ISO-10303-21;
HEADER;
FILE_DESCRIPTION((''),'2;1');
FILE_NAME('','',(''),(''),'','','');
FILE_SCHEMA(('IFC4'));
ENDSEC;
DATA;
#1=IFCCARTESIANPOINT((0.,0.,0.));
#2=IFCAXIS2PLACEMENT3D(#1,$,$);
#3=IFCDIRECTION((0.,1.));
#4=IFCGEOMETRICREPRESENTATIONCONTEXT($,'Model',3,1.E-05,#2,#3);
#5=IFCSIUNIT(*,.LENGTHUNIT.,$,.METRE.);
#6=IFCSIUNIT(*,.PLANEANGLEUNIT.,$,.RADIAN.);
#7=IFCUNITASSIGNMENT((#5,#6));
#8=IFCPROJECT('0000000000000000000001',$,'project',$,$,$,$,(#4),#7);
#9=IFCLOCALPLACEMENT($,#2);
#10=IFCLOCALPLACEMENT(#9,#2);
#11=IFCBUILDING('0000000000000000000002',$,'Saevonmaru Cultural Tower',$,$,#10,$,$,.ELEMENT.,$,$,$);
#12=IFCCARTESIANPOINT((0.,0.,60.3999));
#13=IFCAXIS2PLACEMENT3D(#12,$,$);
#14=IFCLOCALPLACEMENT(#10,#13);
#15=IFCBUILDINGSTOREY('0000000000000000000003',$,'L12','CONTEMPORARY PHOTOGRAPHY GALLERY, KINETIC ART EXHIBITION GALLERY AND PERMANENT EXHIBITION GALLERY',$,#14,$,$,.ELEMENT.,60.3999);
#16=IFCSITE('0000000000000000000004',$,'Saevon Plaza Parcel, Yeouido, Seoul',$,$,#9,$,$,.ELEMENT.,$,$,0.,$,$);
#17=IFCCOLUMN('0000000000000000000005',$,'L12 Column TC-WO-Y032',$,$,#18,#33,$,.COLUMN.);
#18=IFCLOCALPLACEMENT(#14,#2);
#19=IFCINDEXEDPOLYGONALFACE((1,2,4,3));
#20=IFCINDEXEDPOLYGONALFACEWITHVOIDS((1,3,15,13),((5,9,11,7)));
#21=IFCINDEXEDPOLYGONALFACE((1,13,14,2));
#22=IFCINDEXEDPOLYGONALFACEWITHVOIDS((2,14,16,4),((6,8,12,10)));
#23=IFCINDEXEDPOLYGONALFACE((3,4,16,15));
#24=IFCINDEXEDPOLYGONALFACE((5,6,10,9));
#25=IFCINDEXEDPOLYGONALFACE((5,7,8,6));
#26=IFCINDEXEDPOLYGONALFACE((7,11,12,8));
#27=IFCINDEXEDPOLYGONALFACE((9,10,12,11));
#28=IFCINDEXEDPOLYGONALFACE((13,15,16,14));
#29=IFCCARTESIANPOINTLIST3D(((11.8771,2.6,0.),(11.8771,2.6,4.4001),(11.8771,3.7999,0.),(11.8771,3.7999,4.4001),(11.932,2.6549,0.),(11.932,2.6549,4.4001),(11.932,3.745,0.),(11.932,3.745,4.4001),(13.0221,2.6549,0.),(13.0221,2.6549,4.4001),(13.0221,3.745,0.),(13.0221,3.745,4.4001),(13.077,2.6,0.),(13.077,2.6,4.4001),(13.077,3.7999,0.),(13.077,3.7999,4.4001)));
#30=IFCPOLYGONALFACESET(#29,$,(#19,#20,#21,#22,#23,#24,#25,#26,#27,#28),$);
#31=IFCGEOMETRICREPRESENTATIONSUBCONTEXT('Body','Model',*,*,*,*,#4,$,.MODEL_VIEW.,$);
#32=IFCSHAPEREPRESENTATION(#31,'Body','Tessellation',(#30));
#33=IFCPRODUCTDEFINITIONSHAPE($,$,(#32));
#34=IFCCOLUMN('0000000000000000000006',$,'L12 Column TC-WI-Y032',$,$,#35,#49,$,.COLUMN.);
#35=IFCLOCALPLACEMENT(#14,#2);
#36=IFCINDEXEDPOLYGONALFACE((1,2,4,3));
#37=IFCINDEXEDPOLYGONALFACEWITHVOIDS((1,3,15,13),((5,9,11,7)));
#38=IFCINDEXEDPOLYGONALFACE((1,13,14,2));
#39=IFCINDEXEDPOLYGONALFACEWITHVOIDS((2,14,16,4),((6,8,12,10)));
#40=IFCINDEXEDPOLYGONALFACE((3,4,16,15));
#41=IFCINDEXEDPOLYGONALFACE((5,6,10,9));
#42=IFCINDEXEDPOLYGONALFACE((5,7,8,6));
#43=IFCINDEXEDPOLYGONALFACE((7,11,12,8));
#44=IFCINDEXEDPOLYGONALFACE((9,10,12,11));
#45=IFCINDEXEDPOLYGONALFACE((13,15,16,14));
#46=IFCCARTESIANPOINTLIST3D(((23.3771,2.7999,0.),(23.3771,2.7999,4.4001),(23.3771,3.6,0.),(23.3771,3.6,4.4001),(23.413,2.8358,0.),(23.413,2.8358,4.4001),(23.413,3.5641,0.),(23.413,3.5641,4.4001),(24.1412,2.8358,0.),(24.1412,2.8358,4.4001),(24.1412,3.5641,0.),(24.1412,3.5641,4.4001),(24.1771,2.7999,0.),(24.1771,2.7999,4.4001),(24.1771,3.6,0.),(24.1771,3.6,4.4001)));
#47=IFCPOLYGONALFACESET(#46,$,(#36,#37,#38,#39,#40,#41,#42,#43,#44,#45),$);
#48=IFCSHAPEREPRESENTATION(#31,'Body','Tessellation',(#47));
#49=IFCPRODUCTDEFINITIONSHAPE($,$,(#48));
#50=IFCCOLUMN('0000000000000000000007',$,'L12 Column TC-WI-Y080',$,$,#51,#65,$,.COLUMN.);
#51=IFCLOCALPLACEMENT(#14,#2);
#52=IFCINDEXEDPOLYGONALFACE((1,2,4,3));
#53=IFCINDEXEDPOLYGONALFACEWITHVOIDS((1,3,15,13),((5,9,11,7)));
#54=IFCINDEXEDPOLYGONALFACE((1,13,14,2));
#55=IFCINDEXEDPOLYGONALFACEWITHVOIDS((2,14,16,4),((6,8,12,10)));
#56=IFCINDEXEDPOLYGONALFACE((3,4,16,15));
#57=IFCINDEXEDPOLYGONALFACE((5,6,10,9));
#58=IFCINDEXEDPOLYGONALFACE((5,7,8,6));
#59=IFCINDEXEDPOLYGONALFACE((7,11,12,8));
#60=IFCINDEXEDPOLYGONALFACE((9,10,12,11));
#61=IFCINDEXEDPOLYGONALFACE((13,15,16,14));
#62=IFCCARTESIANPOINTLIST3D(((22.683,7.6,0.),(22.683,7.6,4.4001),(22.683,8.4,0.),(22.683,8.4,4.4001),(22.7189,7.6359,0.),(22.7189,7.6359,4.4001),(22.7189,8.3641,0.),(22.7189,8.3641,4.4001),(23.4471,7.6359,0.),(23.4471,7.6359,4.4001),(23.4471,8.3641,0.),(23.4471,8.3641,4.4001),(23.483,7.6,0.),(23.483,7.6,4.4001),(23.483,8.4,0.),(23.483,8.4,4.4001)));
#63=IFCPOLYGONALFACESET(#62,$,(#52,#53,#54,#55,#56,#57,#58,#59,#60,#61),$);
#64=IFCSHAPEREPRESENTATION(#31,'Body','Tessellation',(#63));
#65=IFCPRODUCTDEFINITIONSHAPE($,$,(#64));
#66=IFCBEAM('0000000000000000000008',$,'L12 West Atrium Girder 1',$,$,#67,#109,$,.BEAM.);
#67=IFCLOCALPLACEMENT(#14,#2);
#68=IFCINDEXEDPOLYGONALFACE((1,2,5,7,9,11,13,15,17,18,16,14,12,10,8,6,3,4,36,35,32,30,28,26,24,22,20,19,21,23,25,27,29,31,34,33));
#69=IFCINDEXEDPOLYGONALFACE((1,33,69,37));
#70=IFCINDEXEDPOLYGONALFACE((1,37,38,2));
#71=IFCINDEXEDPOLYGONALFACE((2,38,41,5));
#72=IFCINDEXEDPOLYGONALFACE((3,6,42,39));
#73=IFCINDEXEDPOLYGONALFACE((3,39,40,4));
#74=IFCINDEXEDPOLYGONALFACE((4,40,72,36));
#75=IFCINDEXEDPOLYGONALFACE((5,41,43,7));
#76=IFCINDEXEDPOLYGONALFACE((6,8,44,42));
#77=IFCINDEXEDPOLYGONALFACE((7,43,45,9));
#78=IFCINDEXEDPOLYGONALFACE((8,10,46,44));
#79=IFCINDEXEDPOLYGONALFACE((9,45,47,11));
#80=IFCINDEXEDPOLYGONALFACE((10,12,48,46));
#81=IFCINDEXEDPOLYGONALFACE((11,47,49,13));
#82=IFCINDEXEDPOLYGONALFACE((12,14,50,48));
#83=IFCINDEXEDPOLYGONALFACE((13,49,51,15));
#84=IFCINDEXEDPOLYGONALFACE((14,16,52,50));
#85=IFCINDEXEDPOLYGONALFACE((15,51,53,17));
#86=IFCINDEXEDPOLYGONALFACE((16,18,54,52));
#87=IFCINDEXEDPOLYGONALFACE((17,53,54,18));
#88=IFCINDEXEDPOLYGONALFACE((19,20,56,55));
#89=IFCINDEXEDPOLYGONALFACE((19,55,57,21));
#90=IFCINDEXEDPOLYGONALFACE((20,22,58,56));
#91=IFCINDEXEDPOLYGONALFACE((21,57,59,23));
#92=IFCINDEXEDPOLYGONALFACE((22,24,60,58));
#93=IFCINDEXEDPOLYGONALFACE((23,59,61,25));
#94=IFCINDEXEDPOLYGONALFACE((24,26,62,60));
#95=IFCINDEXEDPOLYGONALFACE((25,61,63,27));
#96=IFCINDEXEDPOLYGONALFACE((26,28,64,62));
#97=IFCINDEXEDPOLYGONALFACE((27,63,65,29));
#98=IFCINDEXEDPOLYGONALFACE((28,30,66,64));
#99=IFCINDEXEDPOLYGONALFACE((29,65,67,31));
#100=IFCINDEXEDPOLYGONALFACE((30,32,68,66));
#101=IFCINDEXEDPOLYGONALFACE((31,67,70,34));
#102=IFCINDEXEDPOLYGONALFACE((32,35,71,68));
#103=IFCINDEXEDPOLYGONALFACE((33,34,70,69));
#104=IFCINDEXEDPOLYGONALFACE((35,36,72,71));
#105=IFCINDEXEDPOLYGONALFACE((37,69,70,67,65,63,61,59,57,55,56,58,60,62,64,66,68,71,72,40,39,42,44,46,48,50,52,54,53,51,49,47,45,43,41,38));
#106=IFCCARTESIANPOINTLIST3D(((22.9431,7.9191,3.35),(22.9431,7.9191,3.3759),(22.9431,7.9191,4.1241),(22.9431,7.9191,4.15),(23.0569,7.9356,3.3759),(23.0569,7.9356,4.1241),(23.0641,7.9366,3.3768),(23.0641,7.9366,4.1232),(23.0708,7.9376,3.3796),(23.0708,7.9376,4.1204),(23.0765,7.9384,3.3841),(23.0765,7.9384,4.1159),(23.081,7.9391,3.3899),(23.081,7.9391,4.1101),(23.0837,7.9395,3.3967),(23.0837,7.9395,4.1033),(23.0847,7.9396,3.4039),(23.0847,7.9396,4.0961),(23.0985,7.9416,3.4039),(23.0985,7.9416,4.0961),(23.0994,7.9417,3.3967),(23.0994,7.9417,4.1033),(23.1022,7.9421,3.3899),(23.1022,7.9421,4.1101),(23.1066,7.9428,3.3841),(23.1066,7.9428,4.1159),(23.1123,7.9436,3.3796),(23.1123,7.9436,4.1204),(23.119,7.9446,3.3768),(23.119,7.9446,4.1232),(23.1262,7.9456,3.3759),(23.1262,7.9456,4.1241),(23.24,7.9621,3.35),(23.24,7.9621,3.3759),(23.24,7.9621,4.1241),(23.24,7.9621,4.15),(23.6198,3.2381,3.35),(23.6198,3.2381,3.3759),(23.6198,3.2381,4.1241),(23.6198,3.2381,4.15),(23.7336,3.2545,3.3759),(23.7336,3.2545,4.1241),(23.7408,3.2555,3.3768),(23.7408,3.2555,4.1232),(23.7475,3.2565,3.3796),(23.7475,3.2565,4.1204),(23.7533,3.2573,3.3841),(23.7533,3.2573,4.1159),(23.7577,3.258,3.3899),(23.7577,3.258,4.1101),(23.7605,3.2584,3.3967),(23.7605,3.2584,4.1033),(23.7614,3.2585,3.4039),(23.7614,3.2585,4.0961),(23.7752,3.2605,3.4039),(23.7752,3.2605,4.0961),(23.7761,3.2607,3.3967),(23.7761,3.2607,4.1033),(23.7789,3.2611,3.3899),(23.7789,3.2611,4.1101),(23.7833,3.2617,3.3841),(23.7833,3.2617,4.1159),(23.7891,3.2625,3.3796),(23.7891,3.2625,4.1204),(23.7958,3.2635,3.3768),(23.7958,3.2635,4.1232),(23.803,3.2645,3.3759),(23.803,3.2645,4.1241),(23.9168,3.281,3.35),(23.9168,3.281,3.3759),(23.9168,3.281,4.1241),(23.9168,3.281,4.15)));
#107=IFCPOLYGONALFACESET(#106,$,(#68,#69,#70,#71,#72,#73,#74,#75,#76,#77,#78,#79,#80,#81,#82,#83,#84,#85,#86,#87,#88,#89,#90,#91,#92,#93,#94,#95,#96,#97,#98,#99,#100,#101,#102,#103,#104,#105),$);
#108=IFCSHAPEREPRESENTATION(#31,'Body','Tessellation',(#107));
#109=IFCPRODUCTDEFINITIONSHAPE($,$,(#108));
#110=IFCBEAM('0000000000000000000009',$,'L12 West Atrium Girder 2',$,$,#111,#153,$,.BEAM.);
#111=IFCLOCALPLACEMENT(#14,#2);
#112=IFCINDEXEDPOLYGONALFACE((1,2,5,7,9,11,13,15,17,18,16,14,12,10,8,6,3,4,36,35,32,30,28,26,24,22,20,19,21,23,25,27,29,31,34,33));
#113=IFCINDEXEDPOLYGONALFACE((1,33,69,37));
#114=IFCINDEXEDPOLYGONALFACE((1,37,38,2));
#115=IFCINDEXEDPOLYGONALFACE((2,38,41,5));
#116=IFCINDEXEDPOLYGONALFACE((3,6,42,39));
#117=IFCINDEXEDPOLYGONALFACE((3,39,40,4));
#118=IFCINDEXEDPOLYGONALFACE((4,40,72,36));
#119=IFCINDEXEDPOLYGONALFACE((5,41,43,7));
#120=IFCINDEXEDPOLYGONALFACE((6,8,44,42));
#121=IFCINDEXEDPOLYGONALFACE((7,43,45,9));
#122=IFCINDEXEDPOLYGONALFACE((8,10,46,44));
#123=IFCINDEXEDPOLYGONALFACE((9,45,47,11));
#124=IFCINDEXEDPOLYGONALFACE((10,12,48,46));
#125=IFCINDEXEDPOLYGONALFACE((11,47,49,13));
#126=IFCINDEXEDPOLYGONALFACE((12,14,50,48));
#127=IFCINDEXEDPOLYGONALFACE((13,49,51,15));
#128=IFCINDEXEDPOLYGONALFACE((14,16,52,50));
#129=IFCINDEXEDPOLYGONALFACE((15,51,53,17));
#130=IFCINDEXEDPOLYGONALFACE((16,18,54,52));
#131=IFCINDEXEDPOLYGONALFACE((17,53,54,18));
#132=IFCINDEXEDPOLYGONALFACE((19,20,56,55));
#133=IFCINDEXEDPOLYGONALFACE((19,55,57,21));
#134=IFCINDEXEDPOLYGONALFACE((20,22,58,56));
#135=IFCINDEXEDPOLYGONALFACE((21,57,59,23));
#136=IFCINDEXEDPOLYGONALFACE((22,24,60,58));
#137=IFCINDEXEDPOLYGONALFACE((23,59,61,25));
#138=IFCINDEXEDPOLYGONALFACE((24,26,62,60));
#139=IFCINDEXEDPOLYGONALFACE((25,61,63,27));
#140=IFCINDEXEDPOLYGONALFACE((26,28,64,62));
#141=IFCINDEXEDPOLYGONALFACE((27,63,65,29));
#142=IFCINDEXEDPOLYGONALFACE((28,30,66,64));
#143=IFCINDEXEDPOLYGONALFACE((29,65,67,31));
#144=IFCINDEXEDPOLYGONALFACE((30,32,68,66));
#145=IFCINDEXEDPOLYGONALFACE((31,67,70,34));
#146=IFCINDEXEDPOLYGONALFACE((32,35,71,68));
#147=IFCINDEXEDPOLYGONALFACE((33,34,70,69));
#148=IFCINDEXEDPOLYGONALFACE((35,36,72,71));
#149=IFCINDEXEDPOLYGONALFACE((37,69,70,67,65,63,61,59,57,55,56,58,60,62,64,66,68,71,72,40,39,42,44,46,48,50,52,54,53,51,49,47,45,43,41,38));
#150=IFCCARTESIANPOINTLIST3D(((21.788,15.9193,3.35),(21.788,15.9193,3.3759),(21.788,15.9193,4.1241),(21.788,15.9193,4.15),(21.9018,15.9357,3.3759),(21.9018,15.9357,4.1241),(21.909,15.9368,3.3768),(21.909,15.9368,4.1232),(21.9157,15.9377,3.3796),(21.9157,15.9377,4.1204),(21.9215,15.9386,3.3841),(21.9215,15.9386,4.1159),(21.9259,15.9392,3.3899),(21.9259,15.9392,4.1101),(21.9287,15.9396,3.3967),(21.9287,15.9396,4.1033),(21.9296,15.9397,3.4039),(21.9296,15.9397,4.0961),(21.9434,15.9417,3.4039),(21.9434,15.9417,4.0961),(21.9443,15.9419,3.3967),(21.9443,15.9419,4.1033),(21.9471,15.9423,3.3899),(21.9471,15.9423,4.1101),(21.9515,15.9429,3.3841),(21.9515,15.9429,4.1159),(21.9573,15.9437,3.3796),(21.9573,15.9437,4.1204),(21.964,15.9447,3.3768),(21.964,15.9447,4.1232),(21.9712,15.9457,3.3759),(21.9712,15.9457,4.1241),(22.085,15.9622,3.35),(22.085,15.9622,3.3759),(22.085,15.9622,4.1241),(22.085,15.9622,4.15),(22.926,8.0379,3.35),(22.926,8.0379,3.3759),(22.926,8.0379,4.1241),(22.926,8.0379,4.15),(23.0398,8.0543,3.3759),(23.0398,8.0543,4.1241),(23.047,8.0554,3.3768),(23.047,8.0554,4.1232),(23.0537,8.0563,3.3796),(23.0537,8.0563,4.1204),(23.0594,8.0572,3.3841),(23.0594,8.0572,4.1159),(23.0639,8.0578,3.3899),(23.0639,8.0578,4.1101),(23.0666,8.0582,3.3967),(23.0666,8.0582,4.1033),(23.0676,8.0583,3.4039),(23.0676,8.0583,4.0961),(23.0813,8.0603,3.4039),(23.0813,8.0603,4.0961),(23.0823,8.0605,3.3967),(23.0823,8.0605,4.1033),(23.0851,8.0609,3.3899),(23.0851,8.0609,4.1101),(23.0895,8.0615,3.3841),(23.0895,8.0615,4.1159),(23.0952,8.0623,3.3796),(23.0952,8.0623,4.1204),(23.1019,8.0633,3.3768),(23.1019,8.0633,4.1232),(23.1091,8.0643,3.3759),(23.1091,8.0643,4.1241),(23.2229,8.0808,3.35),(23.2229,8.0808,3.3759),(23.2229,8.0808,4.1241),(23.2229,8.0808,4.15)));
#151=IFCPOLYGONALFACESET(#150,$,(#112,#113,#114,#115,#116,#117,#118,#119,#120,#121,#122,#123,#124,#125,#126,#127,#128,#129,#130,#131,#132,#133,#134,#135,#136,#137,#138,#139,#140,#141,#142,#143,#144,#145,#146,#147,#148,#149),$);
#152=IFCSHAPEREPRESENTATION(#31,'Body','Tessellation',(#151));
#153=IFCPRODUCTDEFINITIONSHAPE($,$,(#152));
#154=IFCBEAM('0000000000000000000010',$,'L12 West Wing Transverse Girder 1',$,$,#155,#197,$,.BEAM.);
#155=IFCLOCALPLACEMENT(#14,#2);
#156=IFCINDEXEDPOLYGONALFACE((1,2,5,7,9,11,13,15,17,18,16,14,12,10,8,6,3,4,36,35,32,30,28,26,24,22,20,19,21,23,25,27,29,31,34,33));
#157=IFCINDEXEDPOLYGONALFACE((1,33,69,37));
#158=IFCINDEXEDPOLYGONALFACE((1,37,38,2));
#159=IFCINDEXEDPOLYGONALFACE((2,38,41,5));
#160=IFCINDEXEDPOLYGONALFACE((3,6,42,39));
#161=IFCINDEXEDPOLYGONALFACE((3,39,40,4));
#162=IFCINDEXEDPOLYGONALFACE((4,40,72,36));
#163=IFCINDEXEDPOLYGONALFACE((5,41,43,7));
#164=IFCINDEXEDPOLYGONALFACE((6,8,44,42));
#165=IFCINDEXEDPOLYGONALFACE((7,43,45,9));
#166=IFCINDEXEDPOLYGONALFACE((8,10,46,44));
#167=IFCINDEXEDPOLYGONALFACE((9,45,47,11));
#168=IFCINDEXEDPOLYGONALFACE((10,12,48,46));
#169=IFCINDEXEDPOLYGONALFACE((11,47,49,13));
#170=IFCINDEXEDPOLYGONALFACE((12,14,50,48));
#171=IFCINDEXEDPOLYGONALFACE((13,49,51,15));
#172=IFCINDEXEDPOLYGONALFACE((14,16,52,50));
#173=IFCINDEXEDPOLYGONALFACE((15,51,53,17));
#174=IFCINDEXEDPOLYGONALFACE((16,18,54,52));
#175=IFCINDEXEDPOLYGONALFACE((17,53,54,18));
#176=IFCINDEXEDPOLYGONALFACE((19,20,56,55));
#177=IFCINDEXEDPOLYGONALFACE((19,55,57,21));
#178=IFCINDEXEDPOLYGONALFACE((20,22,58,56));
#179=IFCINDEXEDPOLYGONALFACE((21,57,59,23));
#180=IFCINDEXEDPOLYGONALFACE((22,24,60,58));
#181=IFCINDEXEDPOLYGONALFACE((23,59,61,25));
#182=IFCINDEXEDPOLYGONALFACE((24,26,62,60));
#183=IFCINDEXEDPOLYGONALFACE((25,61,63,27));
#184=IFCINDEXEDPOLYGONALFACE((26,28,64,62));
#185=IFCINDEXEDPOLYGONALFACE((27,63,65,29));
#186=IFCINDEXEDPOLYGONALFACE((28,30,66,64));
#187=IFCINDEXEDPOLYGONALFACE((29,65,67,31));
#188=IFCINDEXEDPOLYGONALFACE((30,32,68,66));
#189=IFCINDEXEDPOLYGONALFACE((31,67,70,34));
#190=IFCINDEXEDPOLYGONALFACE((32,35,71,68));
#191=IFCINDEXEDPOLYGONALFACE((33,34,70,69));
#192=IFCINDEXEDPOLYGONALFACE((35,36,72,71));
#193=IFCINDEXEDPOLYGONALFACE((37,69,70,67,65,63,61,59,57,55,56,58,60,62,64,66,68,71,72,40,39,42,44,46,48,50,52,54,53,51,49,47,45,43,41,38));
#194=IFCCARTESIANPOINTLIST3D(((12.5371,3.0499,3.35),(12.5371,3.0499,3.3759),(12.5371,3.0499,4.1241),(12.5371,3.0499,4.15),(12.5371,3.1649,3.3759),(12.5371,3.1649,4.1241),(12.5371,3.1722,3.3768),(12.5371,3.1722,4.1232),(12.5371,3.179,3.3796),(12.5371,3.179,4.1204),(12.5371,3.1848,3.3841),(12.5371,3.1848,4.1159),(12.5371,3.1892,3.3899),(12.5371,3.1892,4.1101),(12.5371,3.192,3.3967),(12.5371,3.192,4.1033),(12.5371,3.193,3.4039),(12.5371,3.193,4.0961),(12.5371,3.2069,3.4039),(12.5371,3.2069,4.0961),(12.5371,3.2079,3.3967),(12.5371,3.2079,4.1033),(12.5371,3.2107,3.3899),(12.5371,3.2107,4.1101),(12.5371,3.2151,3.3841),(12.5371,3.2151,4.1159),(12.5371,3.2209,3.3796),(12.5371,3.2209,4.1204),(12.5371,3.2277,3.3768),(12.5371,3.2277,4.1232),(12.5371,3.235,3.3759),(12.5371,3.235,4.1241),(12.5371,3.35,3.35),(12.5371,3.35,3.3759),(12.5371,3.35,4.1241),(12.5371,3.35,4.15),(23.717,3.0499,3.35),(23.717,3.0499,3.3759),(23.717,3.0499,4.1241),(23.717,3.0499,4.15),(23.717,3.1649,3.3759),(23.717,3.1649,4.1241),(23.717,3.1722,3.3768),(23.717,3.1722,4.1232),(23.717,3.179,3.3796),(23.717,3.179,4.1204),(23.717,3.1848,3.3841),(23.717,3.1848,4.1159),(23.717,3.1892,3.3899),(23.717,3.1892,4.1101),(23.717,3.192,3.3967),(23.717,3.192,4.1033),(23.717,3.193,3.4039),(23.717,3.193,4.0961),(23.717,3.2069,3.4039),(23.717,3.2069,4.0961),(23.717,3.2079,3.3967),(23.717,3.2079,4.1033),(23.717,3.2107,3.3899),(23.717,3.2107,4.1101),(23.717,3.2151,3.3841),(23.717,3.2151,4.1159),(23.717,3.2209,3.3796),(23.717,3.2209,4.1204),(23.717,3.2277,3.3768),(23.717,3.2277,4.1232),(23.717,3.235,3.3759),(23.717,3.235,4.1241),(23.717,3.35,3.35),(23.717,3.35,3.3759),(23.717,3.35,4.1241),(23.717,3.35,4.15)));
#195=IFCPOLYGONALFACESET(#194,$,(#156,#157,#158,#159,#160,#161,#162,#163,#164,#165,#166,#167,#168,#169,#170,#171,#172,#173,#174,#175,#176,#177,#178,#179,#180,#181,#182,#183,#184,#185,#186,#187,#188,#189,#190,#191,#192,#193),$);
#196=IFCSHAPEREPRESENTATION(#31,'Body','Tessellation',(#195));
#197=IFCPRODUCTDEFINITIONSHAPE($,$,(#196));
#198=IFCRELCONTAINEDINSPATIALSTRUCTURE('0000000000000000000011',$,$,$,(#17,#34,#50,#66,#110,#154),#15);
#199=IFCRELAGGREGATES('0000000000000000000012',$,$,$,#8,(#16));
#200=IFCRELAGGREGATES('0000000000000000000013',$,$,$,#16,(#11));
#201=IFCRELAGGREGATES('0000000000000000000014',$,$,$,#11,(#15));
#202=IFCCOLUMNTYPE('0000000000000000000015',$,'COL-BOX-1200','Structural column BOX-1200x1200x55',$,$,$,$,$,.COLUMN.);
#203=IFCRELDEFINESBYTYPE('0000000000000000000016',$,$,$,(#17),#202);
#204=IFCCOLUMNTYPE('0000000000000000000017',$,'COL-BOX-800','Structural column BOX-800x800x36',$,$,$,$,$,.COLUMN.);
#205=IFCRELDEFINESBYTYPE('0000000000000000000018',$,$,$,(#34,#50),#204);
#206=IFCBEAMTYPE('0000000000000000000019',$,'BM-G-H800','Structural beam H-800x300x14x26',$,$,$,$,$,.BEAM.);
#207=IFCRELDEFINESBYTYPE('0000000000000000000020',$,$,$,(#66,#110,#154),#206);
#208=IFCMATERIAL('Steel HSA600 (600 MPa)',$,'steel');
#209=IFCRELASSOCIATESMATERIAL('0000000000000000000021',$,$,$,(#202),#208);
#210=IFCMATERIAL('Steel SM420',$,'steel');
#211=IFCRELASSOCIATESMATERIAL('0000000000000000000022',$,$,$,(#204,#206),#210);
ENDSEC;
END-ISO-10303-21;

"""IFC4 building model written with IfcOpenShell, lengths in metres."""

from ifc_helpers import new_model, si_unit, direction, frame, origin, origin_2d, place, context, subcontext, project, spatial, hollow_rectangle, i_section, extrude, material, material_profile, profile_set, type_object, element, save


model = new_model("IFC4")

# Units and contexts
model_context = context("Model", 3, precision=1e-05, world=origin(), true_north=direction((0.0, 1.0)))
body_context = subcontext(model_context, "Body", "Model", "MODEL_VIEW")
ifc_project = project(units=[si_unit("LENGTHUNIT", "METRE"), si_unit("PLANEANGLEUNIT", "RADIAN")], contexts=[model_context])

# Site, building, storey
site_placement = place(None, origin())
site = spatial("IfcSite", under=ifc_project, at=site_placement, Name="Saevon Plaza Parcel, Yeouido, Seoul", CompositionType="ELEMENT", RefElevation=0.0)
building_placement = place(site_placement, origin())
building = spatial("IfcBuilding", under=site, at=building_placement, Name="Saevonmaru Cultural Tower", CompositionType="ELEMENT")
storey_placement = place(building_placement, frame((0.0, 0.0, 60.3999)))
storey = spatial("IfcBuildingStorey", under=building, at=storey_placement, Name="L12", Description="CONTEMPORARY PHOTOGRAPHY GALLERY, KINETIC ART EXHIBITION GALLERY AND PERMANENT EXHIBITION GALLERY", CompositionType="ELEMENT", Elevation=60.3999)

# Columns
ifc_material_1 = material(Name="Steel HSA600 (600 MPa)", Category="steel")
ifc_material_profile_1 = material_profile(ifc_material_1, hollow_rectangle(XDim=1.2, YDim=1.2, WallThickness=0.0549, at=origin_2d()), Name="BOX-1200x1200x55")
ifc_profile_set_1 = profile_set([ifc_material_profile_1], Name="Steel HSA600 (600 MPa)")
column_type_1 = type_object("IfcColumnType", Name="COL-BOX-1200", Description="Structural column BOX-1200x1200x55", PredefinedType="COLUMN", material=ifc_profile_set_1)
column_placement = place(storey_placement, frame((12.4771, 3.2, 0.0), z_axis=(0.0, 0.0, 1.0), x_axis=(1.0, 0.0, 0.0)))
element("IfcColumn", 1, at=column_placement, inside=storey, type_object=column_type_1, Name="L12 Column TC-WO-Y032", PredefinedType="COLUMN", context=body_context, shape_type="SweptSolid", body=[
    extrude(hollow_rectangle(XDim=1.2, YDim=1.2, WallThickness=0.0549, at=origin_2d()), origin(), (0.0, 0.0, 1.0), 4.4001),
])
ifc_material_2 = material(Name="Steel SM420", Category="steel")
ifc_material_profile_2 = material_profile(ifc_material_2, hollow_rectangle(XDim=0.8, YDim=0.8, WallThickness=0.0359, at=origin_2d()), Name="BOX-800x800x36")
ifc_profile_set_2 = profile_set([ifc_material_profile_2], Name="Steel SM420")
column_type_2 = type_object("IfcColumnType", Name="COL-BOX-800", Description="Structural column BOX-800x800x36", PredefinedType="COLUMN", material=ifc_profile_set_2)
for number, where, z_axis, x_axis, name in (
    (2, (23.7771, 3.2, 0.0), (0.0, 0.0, 1.0), (1.0, 0.0, 0.0), "L12 Column TC-WI-Y032"),
    (3, (23.083, 8.0, 0.0), (0.0, 0.0, 1.0), (1.0, 0.0, 0.0), "L12 Column TC-WI-Y080"),
):
    element("IfcColumn", number, at=place(storey_placement, frame(where, z_axis=z_axis, x_axis=x_axis)), inside=storey, type_object=column_type_2, Name=name, PredefinedType="COLUMN", context=body_context, shape_type="SweptSolid", body=[
        extrude(hollow_rectangle(XDim=0.8, YDim=0.8, WallThickness=0.0359, at=origin_2d()), origin(), (0.0, 0.0, 1.0), 4.4001),
    ])

# Beams
ifc_material_profile_3 = material_profile(ifc_material_2, i_section(OverallWidth=0.3, OverallDepth=0.8, WebThickness=0.0139, FlangeThickness=0.0259, FilletRadius=0.0281, at=origin_2d()), Name="H-800x300x14x26")
ifc_profile_set_3 = profile_set([ifc_material_profile_3], Name="Steel SM420")
beam_type_1 = type_object("IfcBeamType", Name="BM-G-H800", Description="Structural beam H-800x300x14x26", PredefinedType="BEAM", material=ifc_profile_set_3)
beam_1_placement = place(storey_placement, frame((23.7683, 3.2595, 3.75), z_axis=(-0.143083, 0.989711, 0.0), x_axis=(-0.989711, -0.143083, 0.0)))
element("IfcBeam", 4, at=beam_1_placement, inside=storey, type_object=beam_type_1, Name="L12 West Atrium Girder 1", PredefinedType="BEAM", context=body_context, shape_type="SweptSolid", body=[
    extrude(i_section(OverallWidth=0.3, OverallDepth=0.8, WebThickness=0.0139, FlangeThickness=0.0259, FilletRadius=0.0281, at=origin_2d()), origin(), (0.0, 0.0, 1.0), 4.7297),
])
beam_2_placement = place(storey_placement, frame((23.0745, 8.0593, 3.75), z_axis=(-0.142902, 0.989737, 0.0), x_axis=(-0.989737, -0.142902, 0.0)))
element("IfcBeam", 5, at=beam_2_placement, inside=storey, type_object=beam_type_1, Name="L12 West Atrium Girder 2", PredefinedType="BEAM", context=body_context, shape_type="SweptSolid", body=[
    extrude(i_section(OverallWidth=0.3, OverallDepth=0.8, WebThickness=0.0139, FlangeThickness=0.0259, FilletRadius=0.0281, at=origin_2d()), origin(), (0.0, 0.0, 1.0), 7.9631),
])
beam_3_placement = place(storey_placement, frame((12.5371, 3.2, 3.75), z_axis=(1.0, 0.0, 0.0), x_axis=(0.0, 1.0, 0.0)))
element("IfcBeam", 6, at=beam_3_placement, inside=storey, type_object=beam_type_1, Name="L12 West Wing Transverse Girder 1", PredefinedType="BEAM", context=body_context, shape_type="SweptSolid", body=[
    extrude(i_section(OverallWidth=0.3, OverallDepth=0.8, WebThickness=0.0139, FlangeThickness=0.0259, FilletRadius=0.0281, at=origin_2d()), origin(), (0.0, 0.0, 1.0), 11.1799),
])

save(model, "model.ifc")
